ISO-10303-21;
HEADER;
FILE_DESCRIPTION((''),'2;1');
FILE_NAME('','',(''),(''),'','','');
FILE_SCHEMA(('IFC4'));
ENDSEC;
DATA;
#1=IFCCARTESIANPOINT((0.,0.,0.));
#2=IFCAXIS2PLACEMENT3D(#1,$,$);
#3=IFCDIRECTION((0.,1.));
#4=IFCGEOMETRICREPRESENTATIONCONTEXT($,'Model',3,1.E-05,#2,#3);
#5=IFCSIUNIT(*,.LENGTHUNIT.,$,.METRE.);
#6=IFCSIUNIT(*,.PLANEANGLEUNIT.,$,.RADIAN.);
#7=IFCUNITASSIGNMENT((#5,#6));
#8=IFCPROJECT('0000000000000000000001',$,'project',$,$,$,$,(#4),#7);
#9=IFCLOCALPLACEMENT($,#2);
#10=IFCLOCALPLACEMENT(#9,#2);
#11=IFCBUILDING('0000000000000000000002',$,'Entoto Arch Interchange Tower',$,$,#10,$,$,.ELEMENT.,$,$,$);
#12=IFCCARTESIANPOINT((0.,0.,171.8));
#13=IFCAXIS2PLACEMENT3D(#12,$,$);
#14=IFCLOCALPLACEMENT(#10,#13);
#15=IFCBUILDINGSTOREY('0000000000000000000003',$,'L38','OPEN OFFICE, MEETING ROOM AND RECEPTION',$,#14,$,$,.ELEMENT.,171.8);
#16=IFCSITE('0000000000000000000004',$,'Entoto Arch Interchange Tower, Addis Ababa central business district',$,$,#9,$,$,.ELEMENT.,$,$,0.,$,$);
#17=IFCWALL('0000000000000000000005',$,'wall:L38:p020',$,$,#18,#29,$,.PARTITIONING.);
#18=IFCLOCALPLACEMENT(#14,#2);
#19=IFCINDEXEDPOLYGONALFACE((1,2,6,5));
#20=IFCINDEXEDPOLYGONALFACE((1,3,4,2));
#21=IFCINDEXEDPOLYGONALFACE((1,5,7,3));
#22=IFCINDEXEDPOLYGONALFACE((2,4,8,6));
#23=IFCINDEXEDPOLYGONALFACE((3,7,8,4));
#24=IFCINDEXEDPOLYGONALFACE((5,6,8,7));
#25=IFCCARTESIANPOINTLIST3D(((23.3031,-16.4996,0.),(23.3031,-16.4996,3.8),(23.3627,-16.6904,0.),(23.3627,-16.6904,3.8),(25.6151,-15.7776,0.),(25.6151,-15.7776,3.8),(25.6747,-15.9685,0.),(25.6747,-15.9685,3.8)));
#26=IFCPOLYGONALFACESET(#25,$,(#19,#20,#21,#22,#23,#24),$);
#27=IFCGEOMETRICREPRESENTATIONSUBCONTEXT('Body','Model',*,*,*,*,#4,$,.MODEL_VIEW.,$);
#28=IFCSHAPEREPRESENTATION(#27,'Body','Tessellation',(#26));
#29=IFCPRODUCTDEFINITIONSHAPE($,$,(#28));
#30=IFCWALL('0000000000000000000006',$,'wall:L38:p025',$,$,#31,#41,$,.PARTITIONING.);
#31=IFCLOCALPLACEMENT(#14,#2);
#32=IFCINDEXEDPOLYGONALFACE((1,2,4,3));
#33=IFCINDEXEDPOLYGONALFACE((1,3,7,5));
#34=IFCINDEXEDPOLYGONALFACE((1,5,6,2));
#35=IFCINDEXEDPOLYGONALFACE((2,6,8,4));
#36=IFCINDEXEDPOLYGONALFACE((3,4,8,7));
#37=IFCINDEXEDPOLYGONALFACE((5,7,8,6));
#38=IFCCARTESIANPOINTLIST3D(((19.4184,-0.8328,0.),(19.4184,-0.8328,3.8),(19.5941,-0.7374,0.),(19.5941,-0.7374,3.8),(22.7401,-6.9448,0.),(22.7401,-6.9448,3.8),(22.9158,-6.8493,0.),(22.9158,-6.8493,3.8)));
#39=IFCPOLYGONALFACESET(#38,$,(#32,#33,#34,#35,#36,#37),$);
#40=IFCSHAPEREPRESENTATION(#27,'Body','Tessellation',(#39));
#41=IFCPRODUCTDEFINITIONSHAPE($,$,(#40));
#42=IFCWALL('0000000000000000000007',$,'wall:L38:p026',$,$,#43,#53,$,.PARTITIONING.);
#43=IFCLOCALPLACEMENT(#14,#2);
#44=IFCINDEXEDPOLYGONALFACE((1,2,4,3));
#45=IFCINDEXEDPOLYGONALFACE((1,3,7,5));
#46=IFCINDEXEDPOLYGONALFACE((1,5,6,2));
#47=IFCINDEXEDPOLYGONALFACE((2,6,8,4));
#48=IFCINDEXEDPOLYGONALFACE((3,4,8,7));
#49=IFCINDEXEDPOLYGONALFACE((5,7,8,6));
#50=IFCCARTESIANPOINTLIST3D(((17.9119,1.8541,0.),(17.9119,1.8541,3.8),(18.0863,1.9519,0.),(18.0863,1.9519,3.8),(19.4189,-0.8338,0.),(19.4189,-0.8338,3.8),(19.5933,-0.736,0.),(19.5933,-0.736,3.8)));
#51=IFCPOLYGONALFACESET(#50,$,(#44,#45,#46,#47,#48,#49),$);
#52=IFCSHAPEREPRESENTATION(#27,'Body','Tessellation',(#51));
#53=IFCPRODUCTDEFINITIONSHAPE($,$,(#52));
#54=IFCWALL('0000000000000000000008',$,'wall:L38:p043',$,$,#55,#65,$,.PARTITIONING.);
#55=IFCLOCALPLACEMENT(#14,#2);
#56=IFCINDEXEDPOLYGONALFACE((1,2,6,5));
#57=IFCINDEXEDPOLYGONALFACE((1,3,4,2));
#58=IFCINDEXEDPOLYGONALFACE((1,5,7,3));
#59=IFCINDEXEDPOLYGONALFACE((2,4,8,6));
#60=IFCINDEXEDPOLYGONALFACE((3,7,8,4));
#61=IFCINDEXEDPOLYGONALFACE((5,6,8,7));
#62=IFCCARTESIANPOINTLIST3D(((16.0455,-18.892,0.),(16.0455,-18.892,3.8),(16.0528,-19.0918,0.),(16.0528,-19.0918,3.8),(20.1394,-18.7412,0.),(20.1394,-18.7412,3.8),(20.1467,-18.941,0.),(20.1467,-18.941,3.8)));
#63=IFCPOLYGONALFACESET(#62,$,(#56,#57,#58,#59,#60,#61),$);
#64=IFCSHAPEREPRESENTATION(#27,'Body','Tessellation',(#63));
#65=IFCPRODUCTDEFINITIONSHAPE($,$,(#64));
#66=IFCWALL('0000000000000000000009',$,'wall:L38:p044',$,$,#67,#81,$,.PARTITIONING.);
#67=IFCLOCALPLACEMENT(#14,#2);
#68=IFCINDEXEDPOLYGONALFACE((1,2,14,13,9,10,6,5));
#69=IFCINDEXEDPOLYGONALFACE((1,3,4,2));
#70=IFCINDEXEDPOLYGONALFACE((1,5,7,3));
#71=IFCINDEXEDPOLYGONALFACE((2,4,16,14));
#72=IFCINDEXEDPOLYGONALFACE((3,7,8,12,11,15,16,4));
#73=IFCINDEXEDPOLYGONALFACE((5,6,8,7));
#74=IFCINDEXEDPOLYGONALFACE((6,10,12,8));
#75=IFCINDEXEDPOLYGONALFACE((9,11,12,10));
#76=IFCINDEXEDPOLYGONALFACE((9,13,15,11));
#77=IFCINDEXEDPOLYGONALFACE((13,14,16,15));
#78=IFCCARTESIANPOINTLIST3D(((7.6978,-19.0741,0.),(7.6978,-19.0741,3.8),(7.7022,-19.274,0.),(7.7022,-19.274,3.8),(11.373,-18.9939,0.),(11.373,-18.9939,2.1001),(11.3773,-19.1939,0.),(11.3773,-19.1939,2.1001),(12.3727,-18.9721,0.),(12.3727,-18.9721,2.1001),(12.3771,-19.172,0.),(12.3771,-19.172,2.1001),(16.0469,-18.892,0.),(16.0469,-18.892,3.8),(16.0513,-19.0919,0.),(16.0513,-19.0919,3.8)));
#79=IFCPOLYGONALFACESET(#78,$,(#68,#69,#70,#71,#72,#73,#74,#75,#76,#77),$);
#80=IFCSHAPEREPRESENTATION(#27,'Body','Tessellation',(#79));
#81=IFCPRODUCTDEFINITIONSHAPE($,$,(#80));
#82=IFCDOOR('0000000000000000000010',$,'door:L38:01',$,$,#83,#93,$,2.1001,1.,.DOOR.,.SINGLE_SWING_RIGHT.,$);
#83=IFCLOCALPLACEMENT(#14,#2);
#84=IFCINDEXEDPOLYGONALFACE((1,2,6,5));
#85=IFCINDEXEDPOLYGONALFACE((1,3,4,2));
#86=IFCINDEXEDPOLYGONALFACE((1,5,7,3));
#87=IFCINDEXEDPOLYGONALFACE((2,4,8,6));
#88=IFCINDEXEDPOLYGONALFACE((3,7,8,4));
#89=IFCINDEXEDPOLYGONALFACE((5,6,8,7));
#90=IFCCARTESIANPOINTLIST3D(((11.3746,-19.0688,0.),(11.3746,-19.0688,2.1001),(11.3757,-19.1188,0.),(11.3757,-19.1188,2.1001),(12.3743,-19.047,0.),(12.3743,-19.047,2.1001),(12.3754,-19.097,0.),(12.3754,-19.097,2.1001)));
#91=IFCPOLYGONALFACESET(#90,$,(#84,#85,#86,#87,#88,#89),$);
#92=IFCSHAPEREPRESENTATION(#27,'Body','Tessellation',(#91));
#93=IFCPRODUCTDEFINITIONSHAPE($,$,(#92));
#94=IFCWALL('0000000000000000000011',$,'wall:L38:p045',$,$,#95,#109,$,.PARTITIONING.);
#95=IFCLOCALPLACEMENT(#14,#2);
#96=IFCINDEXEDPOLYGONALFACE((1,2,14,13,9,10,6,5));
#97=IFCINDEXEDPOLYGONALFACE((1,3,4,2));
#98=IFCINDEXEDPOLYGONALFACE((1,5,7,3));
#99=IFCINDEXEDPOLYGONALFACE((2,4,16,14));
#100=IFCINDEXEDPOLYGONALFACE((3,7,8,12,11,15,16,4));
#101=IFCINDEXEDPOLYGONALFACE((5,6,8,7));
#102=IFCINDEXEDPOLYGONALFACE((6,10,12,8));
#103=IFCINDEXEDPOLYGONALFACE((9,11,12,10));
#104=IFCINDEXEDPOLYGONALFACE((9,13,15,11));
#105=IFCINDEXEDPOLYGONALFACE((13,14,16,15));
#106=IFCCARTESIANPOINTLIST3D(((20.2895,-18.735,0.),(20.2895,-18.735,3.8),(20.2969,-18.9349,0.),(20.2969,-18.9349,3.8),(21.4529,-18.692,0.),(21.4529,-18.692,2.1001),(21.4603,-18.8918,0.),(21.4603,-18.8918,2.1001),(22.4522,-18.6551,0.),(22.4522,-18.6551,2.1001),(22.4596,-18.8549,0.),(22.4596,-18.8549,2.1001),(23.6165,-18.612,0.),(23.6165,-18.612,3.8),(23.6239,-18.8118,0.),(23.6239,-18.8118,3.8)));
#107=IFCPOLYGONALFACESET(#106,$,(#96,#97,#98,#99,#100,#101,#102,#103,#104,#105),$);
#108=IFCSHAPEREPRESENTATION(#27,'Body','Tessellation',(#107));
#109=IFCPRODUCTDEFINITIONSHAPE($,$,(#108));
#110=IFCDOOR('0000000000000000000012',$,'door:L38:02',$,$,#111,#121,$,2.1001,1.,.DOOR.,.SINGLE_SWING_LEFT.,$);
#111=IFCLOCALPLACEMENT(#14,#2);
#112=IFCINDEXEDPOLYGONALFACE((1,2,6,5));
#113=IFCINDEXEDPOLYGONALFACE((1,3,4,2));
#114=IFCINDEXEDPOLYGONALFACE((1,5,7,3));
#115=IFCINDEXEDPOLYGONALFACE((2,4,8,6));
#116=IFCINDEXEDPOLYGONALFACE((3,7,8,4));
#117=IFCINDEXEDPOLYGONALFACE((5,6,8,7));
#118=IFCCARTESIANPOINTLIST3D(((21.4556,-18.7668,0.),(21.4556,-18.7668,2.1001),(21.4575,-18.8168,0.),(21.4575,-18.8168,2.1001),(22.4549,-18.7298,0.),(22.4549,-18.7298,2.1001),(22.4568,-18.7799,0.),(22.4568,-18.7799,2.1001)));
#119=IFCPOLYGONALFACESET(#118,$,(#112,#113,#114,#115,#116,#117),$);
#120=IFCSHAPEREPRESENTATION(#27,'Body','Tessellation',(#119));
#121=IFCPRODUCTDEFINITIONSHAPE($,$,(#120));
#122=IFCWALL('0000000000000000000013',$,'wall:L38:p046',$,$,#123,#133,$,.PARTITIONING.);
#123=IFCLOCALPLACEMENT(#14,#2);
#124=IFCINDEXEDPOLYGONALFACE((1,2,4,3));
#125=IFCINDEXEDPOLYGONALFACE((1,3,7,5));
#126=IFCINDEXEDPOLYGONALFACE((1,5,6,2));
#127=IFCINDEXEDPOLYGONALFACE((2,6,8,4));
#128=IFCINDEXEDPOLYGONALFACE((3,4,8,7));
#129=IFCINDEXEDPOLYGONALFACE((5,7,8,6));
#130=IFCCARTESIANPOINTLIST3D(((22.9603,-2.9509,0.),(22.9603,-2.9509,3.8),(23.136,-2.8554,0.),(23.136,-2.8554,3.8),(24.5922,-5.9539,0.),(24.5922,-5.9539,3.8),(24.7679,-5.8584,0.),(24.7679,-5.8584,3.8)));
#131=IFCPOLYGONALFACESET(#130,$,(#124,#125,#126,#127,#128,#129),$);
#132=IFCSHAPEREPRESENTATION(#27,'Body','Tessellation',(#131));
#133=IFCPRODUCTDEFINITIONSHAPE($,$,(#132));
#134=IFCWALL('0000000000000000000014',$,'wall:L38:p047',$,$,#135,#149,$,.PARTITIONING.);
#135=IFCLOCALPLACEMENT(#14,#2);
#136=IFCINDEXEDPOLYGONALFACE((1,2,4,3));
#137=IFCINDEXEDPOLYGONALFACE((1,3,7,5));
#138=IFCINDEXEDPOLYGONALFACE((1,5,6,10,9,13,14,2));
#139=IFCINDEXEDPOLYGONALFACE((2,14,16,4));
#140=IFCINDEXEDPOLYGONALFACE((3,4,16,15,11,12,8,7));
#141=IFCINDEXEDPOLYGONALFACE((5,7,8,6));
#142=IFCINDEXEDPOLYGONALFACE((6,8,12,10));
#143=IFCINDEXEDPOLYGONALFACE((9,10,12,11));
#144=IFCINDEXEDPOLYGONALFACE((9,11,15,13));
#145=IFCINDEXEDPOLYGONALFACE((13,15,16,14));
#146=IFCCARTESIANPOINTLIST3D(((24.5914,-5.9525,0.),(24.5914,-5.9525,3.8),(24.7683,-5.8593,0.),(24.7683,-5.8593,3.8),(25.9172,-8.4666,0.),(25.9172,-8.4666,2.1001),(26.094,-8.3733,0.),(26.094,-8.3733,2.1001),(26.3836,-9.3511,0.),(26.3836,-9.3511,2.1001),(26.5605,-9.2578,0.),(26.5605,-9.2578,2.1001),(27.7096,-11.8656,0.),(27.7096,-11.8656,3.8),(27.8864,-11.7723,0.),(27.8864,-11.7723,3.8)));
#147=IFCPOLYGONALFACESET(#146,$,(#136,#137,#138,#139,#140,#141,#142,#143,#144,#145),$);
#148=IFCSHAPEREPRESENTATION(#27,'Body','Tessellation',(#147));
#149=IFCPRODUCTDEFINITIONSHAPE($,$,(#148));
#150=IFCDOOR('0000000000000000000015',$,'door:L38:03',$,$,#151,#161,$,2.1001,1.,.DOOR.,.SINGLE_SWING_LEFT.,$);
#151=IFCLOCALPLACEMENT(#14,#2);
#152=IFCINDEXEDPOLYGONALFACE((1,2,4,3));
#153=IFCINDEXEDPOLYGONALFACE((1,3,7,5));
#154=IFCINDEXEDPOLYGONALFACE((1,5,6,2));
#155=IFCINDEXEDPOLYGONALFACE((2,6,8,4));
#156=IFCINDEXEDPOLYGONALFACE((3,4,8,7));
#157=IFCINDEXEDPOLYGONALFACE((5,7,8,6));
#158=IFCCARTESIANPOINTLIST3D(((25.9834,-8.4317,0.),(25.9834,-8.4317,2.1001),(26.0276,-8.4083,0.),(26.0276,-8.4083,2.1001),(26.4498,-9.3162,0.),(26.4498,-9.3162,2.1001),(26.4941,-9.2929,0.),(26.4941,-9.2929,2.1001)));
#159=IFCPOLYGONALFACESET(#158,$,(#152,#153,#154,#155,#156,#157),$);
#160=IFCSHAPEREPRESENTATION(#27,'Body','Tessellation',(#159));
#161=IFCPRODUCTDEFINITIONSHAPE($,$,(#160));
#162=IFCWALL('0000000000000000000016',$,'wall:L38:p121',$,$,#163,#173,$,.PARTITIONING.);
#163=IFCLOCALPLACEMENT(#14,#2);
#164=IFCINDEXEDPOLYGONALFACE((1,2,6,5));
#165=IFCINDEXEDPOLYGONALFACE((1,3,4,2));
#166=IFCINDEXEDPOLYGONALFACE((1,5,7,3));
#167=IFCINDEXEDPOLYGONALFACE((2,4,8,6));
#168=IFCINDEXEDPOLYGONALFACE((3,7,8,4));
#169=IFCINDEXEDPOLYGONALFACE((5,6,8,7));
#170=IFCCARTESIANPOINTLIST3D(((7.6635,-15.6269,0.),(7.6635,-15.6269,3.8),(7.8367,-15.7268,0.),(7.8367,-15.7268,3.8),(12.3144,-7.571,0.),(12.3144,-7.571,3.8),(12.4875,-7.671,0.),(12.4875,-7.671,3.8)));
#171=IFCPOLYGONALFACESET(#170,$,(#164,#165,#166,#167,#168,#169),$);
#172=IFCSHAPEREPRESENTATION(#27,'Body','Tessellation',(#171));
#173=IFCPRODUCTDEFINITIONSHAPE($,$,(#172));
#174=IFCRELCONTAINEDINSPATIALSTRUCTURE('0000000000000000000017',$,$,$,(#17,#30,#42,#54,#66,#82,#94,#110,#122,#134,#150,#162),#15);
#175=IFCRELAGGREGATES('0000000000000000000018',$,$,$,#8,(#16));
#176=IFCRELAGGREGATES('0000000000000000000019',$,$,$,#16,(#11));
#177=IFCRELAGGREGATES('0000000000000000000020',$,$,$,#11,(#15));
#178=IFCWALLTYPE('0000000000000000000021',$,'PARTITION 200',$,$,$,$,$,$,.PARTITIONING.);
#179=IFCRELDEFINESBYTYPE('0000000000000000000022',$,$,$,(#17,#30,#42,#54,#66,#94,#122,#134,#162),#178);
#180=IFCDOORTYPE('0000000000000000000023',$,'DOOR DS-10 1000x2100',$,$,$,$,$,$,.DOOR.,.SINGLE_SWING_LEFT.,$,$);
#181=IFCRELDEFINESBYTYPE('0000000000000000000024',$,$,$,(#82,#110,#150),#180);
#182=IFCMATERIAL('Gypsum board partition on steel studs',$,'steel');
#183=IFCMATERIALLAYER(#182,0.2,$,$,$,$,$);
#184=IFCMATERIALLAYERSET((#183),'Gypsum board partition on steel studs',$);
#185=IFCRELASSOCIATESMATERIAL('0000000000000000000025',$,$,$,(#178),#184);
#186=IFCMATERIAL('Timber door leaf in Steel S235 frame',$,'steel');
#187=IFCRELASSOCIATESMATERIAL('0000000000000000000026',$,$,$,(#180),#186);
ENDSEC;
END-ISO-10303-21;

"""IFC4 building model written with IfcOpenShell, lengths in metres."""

from ifc_helpers import new_model, si_unit, direction, frame, frame_2d, origin, place, context, subcontext, project, spatial, rectangle, extrude, material, layer, layer_set, type_object, element, fill, save


model = new_model("IFC4")

# Units and contexts
model_context = context("Model", 3, precision=1e-05, world=origin(), true_north=direction((0.0, 1.0)))
body_context = subcontext(model_context, "Body", "Model", "MODEL_VIEW")
ifc_project = project(units=[si_unit("LENGTHUNIT", "METRE"), si_unit("PLANEANGLEUNIT", "RADIAN")], contexts=[model_context])

# Site, building, storey
site_placement = place(None, origin())
site = spatial("IfcSite", under=ifc_project, at=site_placement, Name="Entoto Arch Interchange Tower, Addis Ababa central business district", CompositionType="ELEMENT", RefElevation=0.0)
building_placement = place(site_placement, origin())
building = spatial("IfcBuilding", under=site, at=building_placement, Name="Entoto Arch Interchange Tower", CompositionType="ELEMENT")
storey_placement = place(building_placement, frame((0.0, 0.0, 171.8)))
storey = spatial("IfcBuildingStorey", under=building, at=storey_placement, Name="L38", Description="OPEN OFFICE, MEETING ROOM AND RECEPTION", CompositionType="ELEMENT", Elevation=171.8)

# Walls
ifc_material_1 = material(Name="Gypsum board partition on steel studs", Category="steel")
ifc_layer_1 = layer(ifc_material_1, 0.2)
ifc_layer_set_1 = layer_set([ifc_layer_1], Name="Gypsum board partition on steel studs")
wall_type_1 = type_object("IfcWallType", Name="PARTITION 200", PredefinedType="PARTITIONING", material=ifc_layer_set_1)
wall_1_placement = place(storey_placement, frame((23.333, -16.595, 0.0), z_axis=(0.0, 0.0, 1.0), x_axis=(0.954548, 0.298057, 0.0)))
element("IfcWall", 1, at=wall_1_placement, inside=storey, type_object=wall_type_1, Name="wall:L38:p020", PredefinedType="PARTITIONING", context=body_context, shape_type="SweptSolid", body=[
    extrude(rectangle(XDim=2.4221, YDim=0.2, at=frame_2d((1.2109, 0.0))), origin(), (0.0, 0.0, 1.0), 3.8),
])
wall_2_placement = place(storey_placement, frame((22.8279, -6.897, 0.0), z_axis=(0.0, 0.0, 1.0), x_axis=(-0.477514, 0.878624, 0.0)))
element("IfcWall", 2, at=wall_2_placement, inside=storey, type_object=wall_type_1, Name="wall:L38:p025", PredefinedType="PARTITIONING", context=body_context, shape_type="SweptSolid", body=[
    extrude(rectangle(XDim=6.9563, YDim=0.2, at=frame_2d((3.478, 0.0))), origin(), (0.0, 0.0, 1.0), 3.8),
])
wall_3_placement = place(storey_placement, frame((19.5061, -0.7849, 0.0), z_axis=(0.0, 0.0, 1.0), x_axis=(-0.48905, 0.872256, 0.0)))
element("IfcWall", 3, at=wall_3_placement, inside=storey, type_object=wall_type_1, Name="wall:L38:p026", PredefinedType="PARTITIONING", context=body_context, shape_type="SweptSolid", body=[
    extrude(rectangle(XDim=3.0815, YDim=0.2, at=frame_2d((1.5408, 0.0))), origin(), (0.0, 0.0, 1.0), 3.8),
])
wall_4_placement = place(storey_placement, frame((20.1431, -18.8411, 0.0), z_axis=(0.0, 0.0, 1.0), x_axis=(-0.999322, -0.036829, 0.0)))
element("IfcWall", 4, at=wall_4_placement, inside=storey, type_object=wall_type_1, Name="wall:L38:p043", PredefinedType="PARTITIONING", context=body_context, shape_type="SweptSolid", body=[
    extrude(rectangle(XDim=4.0967, YDim=0.2, at=frame_2d((2.0483, 0.0))), origin(), (0.0, 0.0, 1.0), 3.8),
])

# Walls, openings, doors
wall_5_placement = place(storey_placement, frame((16.0491, -18.9919, 0.0), z_axis=(0.0, 0.0, 1.0), x_axis=(-0.999762, -0.021809, 0.0)))
wall_5 = element("IfcWall", 5, at=wall_5_placement, inside=storey, type_object=wall_type_1, Name="wall:L38:p044", PredefinedType="PARTITIONING", context=body_context, shape_type="SweptSolid", body=[
    extrude(rectangle(XDim=8.3511, YDim=0.2, at=frame_2d((4.1755, 0.0))), origin(), (0.0, 0.0, 1.0), 3.8),
])
opening_1_placement = place(wall_5_placement, frame((3.675, 0.0, 0.0)))
opening_1 = element("IfcOpeningElement", 6, at=opening_1_placement, cuts=wall_5, PredefinedType="OPENING", context=body_context, shape_type="SweptSolid", body=[
    extrude(rectangle(XDim=1.0, YDim=2.1001, at=frame_2d((0.5, 1.05))), frame((0.0, 0.1099, 0.0), z_axis=(0.0, -1.0, 0.0), x_axis=(1.0, 0.0, 0.0)), (0.0, 0.0, 1.0), 0.22),
])
ifc_material_2 = material(Name="Timber door leaf in Steel S235 frame", Category="steel")
door_type_1 = type_object("IfcDoorType", Name="DOOR DS-10 1000x2100", OperationType="SINGLE_SWING_LEFT", PredefinedType="DOOR", material=ifc_material_2)
door_1_placement = place(opening_1_placement, origin())
door_1 = element("IfcDoor", 7, at=door_1_placement, inside=storey, type_object=door_type_1, Name="door:L38:01", OperationType="SINGLE_SWING_RIGHT", OverallHeight=2.1001, OverallWidth=1.0, PredefinedType="DOOR", context=body_context, shape_type="SweptSolid", body=[
    extrude(rectangle(XDim=1.0, YDim=2.1001, at=frame_2d((0.5, 1.05))), frame((0.0, 0.0249, 0.0), z_axis=(0.0, -1.0, 0.0), x_axis=(1.0, 0.0, 0.0)), (0.0, 0.0, 1.0), 0.05),
])
fill(opening_1, door_1)
wall_6_placement = place(storey_placement, frame((23.6201, -18.7119, 0.0), z_axis=(0.0, 0.0, 1.0), x_axis=(-0.999317, -0.036957, 0.0)))
wall_6 = element("IfcWall", 8, at=wall_6_placement, inside=storey, type_object=wall_type_1, Name="wall:L38:p045", PredefinedType="PARTITIONING", context=body_context, shape_type="SweptSolid", body=[
    extrude(rectangle(XDim=3.3293, YDim=0.2, at=frame_2d((1.6646, 0.0))), origin(), (0.0, 0.0, 1.0), 3.8),
])
opening_2_placement = place(wall_6_placement, frame((1.165, 0.0, 0.0)))
opening_2 = element("IfcOpeningElement", 9, at=opening_2_placement, cuts=wall_6, PredefinedType="OPENING", context=body_context, shape_type="SweptSolid", body=[
    extrude(rectangle(XDim=1.0, YDim=2.1001, at=frame_2d((0.5, 1.05))), frame((0.0, 0.1099, 0.0), z_axis=(0.0, -1.0, 0.0), x_axis=(1.0, 0.0, 0.0)), (0.0, 0.0, 1.0), 0.22),
])
door_2_placement = place(opening_2_placement, origin())
door_2 = element("IfcDoor", 10, at=door_2_placement, inside=storey, type_object=door_type_1, Name="door:L38:02", OperationType="SINGLE_SWING_LEFT", OverallHeight=2.1001, OverallWidth=1.0, PredefinedType="DOOR", context=body_context, shape_type="SweptSolid", body=[
    extrude(rectangle(XDim=1.0, YDim=2.1001, at=frame_2d((0.5, 1.05))), frame((0.0, 0.0249, 0.0), z_axis=(0.0, -1.0, 0.0), x_axis=(1.0, 0.0, 0.0)), (0.0, 0.0, 1.0), 0.05),
])
fill(opening_2, door_2)

# Wall
wall_7_placement = place(storey_placement, frame((23.0481, -2.9031, 0.0), z_axis=(0.0, 0.0, 1.0), x_axis=(0.47747, -0.878648, 0.0)))
element("IfcWall", 11, at=wall_7_placement, inside=storey, type_object=wall_type_1, Name="wall:L38:p046", PredefinedType="PARTITIONING", context=body_context, shape_type="SweptSolid", body=[
    extrude(rectangle(XDim=3.4177, YDim=0.2, at=frame_2d((1.709, 0.0))), origin(), (0.0, 0.0, 1.0), 3.8),
])

# Wall, opening, door
wall_8_placement = place(storey_placement, frame((24.6799, -5.906, 0.0), z_axis=(0.0, 0.0, 1.0), x_axis=(0.466451, -0.884547, 0.0)))
wall_8 = element("IfcWall", 12, at=wall_8_placement, inside=storey, type_object=wall_type_1, Name="wall:L38:p047", PredefinedType="PARTITIONING", context=body_context, shape_type="SweptSolid", body=[
    extrude(rectangle(XDim=6.6848, YDim=0.2, at=frame_2d((3.3423, 0.0))), origin(), (0.0, 0.0, 1.0), 3.8),
])
opening_3_placement = place(wall_8_placement, frame((2.842, 0.0, 0.0)))
opening_3 = element("IfcOpeningElement", 13, at=opening_3_placement, cuts=wall_8, PredefinedType="OPENING", context=body_context, shape_type="SweptSolid", body=[
    extrude(rectangle(XDim=1.0, YDim=2.1001, at=frame_2d((0.5, 1.05))), frame((0.0, 0.1099, 0.0), z_axis=(0.0, -1.0, 0.0), x_axis=(1.0, 0.0, 0.0)), (0.0, 0.0, 1.0), 0.22),
])
door_3_placement = place(opening_3_placement, origin())
door_3 = element("IfcDoor", 14, at=door_3_placement, inside=storey, type_object=door_type_1, Name="door:L38:03", OperationType="SINGLE_SWING_LEFT", OverallHeight=2.1001, OverallWidth=1.0, PredefinedType="DOOR", context=body_context, shape_type="SweptSolid", body=[
    extrude(rectangle(XDim=1.0, YDim=2.1001, at=frame_2d((0.5, 1.05))), frame((0.0, 0.0249, 0.0), z_axis=(0.0, -1.0, 0.0), x_axis=(1.0, 0.0, 0.0)), (0.0, 0.0, 1.0), 0.05),
])
fill(opening_3, door_3)

# Wall
wall_9_placement = place(storey_placement, frame((12.4009, -7.6211, 0.0), z_axis=(0.0, 0.0, 1.0), x_axis=(-0.499984, -0.866035, 0.0)))
element("IfcWall", 15, at=wall_9_placement, inside=storey, type_object=wall_type_1, Name="wall:L38:p121", PredefinedType="PARTITIONING", context=body_context, shape_type="SweptSolid", body=[
    extrude(rectangle(XDim=9.302, YDim=0.2, at=frame_2d((4.6509, 0.0))), origin(), (0.0, 0.0, 1.0), 3.8),
])

save(model, "model.ifc")
